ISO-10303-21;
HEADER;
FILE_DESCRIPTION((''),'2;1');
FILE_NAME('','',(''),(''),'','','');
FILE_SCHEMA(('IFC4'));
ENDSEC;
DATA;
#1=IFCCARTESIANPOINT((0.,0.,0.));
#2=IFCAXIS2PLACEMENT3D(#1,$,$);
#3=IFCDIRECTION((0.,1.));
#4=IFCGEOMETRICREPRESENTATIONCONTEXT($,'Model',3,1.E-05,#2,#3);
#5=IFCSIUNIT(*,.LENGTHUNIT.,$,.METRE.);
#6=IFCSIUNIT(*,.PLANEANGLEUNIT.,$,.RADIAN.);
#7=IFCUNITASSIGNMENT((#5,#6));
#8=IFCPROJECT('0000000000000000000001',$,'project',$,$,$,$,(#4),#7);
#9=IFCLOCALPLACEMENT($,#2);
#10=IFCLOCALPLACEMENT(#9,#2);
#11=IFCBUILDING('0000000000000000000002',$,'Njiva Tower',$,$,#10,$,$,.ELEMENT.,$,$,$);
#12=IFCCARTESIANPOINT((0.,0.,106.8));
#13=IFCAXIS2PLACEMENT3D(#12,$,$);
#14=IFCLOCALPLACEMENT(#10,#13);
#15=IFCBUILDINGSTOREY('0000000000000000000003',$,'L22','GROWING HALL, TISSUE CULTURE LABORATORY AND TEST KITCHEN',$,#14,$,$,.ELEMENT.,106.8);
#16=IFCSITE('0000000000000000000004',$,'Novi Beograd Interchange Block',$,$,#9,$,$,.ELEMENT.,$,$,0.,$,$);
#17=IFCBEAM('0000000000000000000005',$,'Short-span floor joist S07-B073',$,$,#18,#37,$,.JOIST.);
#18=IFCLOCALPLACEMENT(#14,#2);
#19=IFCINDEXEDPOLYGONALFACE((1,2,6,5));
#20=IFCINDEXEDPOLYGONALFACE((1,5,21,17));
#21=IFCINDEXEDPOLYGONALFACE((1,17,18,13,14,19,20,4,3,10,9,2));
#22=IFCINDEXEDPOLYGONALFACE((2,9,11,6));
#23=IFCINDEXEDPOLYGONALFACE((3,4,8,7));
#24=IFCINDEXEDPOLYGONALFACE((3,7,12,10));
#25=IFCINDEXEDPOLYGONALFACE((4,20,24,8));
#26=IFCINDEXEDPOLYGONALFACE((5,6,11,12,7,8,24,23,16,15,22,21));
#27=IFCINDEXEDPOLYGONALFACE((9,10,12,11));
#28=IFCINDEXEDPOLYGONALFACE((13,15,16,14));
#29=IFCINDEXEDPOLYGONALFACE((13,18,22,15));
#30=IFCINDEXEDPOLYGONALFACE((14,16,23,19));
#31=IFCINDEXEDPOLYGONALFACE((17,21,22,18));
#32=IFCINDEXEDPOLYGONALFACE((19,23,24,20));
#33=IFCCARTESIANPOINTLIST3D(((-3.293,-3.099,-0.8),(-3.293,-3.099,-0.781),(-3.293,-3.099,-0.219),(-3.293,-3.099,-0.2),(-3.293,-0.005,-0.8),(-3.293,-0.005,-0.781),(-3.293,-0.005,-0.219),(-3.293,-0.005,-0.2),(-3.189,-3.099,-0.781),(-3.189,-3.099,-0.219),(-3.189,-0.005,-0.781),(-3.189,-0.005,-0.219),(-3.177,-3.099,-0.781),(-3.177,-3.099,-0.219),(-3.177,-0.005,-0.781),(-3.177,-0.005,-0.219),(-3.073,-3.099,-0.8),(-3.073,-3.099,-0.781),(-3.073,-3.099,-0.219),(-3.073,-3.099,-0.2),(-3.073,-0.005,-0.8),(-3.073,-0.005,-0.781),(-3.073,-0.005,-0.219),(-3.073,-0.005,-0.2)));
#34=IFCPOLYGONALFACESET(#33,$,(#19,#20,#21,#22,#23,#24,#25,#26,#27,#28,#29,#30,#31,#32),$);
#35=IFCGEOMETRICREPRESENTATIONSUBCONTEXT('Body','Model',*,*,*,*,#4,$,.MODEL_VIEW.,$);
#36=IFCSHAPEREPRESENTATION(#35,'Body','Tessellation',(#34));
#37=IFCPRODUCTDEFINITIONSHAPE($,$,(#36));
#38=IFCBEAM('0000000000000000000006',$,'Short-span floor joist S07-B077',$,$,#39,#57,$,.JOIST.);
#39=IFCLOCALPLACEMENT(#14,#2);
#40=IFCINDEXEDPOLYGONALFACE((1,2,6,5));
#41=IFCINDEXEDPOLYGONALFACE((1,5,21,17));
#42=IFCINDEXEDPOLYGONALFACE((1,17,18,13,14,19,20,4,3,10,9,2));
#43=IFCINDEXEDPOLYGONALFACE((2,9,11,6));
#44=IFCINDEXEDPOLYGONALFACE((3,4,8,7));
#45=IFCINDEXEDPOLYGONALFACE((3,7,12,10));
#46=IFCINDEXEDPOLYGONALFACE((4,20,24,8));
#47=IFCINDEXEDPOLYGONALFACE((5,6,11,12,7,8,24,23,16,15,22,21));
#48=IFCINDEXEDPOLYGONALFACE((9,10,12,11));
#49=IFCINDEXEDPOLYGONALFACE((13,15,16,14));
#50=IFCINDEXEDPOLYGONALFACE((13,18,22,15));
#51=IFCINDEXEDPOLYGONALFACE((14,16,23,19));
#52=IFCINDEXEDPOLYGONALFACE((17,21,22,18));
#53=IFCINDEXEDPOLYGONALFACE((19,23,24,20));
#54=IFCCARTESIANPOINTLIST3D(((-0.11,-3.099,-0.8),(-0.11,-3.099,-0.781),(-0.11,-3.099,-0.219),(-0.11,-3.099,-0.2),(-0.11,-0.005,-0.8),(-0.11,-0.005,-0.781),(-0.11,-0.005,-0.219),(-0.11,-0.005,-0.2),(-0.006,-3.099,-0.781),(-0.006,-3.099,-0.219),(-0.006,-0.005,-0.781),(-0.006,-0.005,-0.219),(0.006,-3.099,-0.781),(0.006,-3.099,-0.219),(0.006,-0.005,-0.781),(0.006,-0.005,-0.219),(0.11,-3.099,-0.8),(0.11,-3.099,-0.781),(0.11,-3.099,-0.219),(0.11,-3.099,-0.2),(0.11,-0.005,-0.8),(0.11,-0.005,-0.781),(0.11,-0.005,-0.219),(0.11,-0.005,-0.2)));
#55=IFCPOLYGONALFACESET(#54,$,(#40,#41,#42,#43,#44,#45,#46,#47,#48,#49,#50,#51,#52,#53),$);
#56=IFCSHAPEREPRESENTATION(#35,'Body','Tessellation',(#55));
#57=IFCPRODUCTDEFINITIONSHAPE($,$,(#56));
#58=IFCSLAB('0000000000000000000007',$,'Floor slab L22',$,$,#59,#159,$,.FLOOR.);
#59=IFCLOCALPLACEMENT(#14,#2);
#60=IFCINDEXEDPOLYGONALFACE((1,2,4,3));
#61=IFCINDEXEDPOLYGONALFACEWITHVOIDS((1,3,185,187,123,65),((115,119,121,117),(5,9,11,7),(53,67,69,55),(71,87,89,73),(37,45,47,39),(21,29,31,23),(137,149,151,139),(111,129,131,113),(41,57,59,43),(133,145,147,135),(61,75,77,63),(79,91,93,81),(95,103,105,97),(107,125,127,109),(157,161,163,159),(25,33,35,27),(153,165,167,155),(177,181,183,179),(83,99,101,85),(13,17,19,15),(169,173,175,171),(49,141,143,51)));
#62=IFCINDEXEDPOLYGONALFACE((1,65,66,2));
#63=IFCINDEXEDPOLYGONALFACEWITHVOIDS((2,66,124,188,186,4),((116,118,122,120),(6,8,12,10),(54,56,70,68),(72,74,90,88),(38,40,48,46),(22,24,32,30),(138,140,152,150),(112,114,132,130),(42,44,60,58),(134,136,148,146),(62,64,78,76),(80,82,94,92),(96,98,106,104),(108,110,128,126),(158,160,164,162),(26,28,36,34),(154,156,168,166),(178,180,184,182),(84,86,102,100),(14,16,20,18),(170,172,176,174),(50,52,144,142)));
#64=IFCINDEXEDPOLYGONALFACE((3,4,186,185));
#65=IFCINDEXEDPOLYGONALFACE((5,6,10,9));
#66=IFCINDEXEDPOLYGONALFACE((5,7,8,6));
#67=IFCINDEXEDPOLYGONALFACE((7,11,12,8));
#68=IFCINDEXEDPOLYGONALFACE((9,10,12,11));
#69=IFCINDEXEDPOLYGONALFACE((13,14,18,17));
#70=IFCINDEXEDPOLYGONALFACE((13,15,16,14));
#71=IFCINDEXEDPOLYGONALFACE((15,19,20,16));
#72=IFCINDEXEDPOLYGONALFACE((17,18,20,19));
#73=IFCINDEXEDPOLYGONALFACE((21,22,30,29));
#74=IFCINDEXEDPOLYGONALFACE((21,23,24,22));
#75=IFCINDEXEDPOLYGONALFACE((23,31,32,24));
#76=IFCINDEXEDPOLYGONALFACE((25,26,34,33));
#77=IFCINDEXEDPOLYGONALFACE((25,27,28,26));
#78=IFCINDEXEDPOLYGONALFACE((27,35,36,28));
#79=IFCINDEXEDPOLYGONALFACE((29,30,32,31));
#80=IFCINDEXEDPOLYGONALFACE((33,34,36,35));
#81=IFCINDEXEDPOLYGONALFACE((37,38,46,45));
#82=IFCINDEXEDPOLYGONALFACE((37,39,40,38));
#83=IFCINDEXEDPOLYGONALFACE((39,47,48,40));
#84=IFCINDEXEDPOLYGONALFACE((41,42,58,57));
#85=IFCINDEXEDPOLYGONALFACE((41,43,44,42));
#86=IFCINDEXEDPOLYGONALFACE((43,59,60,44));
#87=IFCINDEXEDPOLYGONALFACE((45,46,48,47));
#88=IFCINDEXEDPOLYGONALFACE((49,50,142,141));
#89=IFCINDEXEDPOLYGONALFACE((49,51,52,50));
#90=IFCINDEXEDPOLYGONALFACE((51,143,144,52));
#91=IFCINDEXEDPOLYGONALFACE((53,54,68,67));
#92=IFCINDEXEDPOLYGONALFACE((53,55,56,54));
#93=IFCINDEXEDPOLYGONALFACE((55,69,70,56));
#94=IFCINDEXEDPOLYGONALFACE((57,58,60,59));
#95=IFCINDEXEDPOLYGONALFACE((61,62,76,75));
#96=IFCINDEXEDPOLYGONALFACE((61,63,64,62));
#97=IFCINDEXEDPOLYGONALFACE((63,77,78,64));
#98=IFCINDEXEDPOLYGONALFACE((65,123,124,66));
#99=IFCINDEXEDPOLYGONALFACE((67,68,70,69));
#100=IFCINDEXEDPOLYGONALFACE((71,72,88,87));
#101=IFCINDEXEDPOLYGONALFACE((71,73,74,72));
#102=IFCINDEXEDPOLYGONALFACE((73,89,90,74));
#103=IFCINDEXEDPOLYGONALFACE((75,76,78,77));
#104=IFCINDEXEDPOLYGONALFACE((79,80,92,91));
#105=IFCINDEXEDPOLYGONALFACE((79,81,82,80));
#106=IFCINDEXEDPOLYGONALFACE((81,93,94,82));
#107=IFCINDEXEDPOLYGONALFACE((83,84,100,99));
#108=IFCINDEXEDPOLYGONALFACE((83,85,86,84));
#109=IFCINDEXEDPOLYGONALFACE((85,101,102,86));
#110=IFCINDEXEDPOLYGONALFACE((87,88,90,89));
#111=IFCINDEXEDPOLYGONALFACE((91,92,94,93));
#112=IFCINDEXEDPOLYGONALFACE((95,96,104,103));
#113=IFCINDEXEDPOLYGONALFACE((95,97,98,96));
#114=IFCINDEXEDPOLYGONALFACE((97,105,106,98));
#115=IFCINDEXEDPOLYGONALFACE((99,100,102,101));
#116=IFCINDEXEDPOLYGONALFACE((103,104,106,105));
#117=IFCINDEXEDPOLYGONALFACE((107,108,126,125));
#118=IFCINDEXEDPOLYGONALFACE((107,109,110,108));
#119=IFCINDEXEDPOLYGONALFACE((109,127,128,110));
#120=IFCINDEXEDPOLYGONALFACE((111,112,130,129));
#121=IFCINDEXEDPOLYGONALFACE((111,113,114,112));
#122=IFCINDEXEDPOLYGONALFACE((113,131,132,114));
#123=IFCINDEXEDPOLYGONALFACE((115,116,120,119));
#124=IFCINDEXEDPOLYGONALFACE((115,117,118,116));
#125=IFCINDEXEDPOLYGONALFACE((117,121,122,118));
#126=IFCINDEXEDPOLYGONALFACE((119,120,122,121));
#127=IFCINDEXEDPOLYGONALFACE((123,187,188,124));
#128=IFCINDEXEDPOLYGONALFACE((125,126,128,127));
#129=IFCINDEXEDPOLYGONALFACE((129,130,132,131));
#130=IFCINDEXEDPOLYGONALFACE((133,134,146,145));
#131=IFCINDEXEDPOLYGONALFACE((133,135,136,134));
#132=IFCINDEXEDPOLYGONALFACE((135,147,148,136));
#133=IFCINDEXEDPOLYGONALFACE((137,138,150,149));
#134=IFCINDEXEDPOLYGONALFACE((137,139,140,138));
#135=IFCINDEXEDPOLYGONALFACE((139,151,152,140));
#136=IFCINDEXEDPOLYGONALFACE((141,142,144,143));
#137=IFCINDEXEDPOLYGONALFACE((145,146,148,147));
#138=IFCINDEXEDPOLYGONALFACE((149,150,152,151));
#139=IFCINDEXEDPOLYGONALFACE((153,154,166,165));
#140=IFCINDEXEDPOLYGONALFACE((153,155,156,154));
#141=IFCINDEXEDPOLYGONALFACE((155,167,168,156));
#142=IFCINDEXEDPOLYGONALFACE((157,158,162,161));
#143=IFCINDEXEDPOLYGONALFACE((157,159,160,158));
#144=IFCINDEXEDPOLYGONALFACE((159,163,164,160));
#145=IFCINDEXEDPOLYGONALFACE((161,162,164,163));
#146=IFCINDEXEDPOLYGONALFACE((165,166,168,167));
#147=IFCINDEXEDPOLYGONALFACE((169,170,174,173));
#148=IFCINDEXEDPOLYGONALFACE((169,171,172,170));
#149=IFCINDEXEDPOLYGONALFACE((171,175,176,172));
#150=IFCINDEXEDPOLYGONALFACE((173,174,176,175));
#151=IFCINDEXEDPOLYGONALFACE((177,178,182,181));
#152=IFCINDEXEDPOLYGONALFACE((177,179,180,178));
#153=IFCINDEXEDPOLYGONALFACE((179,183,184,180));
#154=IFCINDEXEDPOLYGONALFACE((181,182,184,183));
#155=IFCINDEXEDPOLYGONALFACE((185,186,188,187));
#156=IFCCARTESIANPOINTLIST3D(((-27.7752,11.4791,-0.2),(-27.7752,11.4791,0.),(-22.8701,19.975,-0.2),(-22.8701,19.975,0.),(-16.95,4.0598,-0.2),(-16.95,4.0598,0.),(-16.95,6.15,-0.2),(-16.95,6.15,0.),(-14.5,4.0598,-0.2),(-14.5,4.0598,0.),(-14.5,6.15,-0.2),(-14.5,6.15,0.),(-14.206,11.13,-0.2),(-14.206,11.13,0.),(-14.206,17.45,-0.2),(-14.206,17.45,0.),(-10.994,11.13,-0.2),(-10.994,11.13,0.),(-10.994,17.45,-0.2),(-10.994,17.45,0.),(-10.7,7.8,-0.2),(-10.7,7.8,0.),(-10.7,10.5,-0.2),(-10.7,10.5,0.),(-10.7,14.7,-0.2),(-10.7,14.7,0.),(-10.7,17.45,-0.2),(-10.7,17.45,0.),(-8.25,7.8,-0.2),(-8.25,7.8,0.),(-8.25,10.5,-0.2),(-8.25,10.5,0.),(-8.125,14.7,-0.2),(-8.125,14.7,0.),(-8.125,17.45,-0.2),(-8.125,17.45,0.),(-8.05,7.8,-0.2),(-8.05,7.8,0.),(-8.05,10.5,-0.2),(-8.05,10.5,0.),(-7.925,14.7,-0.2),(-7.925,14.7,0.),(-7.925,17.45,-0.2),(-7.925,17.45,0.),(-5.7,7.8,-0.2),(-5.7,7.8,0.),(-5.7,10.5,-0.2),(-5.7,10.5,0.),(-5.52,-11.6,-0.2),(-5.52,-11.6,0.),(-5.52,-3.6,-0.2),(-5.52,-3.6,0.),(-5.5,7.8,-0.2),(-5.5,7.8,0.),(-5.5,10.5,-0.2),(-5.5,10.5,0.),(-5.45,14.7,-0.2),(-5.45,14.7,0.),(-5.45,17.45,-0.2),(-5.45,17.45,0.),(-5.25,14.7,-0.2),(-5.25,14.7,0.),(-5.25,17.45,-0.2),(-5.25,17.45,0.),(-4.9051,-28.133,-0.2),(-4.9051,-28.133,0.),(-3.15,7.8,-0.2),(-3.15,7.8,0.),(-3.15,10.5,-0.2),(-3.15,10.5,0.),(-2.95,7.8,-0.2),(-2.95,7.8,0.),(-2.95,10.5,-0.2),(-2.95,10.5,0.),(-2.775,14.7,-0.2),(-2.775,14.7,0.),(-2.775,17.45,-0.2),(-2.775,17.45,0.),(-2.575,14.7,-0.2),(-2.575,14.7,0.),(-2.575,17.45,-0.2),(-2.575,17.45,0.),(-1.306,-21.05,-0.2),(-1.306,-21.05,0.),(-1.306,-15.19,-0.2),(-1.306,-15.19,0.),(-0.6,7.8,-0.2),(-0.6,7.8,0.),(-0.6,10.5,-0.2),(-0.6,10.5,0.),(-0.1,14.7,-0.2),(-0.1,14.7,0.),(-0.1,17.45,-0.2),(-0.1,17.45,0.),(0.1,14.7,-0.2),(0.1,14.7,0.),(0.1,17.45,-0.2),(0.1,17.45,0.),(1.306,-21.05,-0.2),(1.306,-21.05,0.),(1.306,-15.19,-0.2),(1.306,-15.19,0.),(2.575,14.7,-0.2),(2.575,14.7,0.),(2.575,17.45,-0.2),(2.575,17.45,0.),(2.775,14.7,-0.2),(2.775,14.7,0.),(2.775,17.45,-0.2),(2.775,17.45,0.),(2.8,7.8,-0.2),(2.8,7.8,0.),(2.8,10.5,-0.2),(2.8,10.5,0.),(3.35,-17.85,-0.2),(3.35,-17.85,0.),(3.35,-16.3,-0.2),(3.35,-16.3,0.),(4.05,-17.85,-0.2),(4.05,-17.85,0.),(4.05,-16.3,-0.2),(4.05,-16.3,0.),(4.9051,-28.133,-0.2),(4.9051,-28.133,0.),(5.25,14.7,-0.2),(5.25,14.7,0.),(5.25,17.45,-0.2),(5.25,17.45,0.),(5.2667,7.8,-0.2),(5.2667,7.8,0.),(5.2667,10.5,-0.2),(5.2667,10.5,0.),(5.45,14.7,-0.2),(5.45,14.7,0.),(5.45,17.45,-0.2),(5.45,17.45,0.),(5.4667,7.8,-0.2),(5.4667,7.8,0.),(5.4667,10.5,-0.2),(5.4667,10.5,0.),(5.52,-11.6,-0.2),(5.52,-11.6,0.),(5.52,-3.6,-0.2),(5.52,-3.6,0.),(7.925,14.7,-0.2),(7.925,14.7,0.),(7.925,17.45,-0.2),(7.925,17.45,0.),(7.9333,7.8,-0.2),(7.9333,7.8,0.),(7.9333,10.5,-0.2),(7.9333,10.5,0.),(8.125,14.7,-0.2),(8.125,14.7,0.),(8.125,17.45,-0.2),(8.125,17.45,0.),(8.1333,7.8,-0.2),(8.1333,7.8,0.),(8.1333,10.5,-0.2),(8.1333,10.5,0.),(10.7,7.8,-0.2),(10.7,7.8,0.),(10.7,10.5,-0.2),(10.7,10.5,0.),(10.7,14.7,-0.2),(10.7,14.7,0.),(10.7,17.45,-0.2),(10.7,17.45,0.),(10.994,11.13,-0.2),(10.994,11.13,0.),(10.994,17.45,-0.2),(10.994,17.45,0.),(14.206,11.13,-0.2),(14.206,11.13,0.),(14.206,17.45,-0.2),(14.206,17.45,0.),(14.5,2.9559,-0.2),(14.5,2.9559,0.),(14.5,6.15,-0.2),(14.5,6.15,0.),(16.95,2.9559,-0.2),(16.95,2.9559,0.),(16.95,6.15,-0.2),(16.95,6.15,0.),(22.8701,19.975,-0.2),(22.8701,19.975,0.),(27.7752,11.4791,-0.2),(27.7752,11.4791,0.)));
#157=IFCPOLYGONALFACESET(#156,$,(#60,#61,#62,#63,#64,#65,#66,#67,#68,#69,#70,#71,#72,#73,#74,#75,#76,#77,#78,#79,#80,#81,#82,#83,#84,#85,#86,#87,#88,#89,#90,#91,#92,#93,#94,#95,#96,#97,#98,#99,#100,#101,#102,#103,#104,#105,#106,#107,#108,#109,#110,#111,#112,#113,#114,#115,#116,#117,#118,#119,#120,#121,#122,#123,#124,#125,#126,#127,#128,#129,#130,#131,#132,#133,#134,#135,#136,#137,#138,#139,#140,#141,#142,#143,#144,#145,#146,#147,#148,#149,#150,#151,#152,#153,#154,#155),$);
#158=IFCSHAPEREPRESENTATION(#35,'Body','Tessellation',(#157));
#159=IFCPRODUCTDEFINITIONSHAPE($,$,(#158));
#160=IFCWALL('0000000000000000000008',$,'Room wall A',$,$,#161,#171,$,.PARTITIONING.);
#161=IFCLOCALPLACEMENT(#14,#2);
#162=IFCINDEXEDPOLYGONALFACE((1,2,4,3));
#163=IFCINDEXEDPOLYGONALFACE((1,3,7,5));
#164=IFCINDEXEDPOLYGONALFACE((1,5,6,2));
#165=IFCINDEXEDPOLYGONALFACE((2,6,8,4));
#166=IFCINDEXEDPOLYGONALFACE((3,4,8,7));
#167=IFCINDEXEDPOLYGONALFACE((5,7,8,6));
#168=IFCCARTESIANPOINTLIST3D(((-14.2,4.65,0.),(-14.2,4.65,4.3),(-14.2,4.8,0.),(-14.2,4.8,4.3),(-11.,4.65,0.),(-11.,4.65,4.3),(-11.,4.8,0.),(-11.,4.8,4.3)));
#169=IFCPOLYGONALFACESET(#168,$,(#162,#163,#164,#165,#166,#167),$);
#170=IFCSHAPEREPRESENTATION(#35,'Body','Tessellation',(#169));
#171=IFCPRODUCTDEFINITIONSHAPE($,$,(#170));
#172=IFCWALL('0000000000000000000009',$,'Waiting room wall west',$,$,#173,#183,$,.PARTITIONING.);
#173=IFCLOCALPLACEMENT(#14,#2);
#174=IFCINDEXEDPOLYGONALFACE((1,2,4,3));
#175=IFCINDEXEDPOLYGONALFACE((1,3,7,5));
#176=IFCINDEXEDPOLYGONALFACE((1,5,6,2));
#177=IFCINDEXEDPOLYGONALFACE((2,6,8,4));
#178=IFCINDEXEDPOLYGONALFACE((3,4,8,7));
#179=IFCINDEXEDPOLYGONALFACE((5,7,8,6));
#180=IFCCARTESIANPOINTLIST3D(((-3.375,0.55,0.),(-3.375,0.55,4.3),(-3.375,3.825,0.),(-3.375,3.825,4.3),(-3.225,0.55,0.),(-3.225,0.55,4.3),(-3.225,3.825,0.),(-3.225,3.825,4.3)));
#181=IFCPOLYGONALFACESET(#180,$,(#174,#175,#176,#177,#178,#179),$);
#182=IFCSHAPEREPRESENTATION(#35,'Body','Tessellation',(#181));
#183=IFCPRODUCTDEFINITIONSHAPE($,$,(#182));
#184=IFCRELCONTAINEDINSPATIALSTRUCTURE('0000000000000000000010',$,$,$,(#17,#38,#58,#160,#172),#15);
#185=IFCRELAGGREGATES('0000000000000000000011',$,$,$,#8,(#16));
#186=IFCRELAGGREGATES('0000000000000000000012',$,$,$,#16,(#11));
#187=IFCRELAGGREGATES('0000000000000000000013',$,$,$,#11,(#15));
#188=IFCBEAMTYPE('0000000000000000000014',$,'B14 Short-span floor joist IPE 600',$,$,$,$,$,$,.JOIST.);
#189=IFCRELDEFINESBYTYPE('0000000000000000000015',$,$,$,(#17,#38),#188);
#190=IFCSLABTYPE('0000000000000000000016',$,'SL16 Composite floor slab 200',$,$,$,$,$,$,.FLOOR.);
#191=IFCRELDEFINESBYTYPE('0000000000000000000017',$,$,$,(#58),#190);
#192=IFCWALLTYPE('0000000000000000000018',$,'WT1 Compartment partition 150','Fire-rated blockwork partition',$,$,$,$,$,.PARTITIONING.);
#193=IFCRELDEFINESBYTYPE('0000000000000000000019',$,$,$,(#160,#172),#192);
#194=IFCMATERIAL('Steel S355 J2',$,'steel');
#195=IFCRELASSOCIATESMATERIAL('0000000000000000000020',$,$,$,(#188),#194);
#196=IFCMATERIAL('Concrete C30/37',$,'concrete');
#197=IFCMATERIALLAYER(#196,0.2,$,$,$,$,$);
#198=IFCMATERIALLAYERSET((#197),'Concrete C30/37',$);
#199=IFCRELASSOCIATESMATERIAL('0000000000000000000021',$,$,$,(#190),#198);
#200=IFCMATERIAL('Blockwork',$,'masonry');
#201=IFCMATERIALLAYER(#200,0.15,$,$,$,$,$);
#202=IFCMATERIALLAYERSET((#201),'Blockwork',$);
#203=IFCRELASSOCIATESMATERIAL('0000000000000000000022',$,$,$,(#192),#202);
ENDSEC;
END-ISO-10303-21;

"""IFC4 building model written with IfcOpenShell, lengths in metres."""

from ifc_helpers import new_model, si_unit, direction, frame, frame_2d, origin, origin_2d, place, context, subcontext, project, spatial, polyline, rectangle, i_section, outline, extrude, material, layer, layer_set, material_profile, profile_set, type_object, element, save


model = new_model("IFC4")

# Units and contexts
model_context = context("Model", 3, precision=1e-05, world=origin(), true_north=direction((0.0, 1.0)))
body_context = subcontext(model_context, "Body", "Model", "MODEL_VIEW")
ifc_project = project(units=[si_unit("LENGTHUNIT", "METRE"), si_unit("PLANEANGLEUNIT", "RADIAN")], contexts=[model_context])

# Site, building, storey
site_placement = place(None, origin())
site = spatial("IfcSite", under=ifc_project, at=site_placement, Name="Novi Beograd Interchange Block", CompositionType="ELEMENT", RefElevation=0.0)
building_placement = place(site_placement, origin())
building = spatial("IfcBuilding", under=site, at=building_placement, Name="Njiva Tower", CompositionType="ELEMENT")
storey_placement = place(building_placement, frame((0.0, 0.0, 106.8)))
storey = spatial("IfcBuildingStorey", under=building, at=storey_placement, Name="L22", Description="GROWING HALL, TISSUE CULTURE LABORATORY AND TEST KITCHEN", CompositionType="ELEMENT", Elevation=106.8)

# Beams
ifc_material_1 = material(Name="Steel S355 J2", Category="steel")
ifc_material_profile = material_profile(ifc_material_1, i_section(OverallWidth=0.22, OverallDepth=0.6, WebThickness=0.012, FlangeThickness=0.019, at=origin_2d()), Name="IPE 600")
ifc_profile_set = profile_set([ifc_material_profile], Name="Steel S355 J2")
beam_type = type_object("IfcBeamType", Name="B14 Short-span floor joist IPE 600", PredefinedType="JOIST", material=ifc_profile_set)
for number, where, z_axis, x_axis, name in (
    (1, (-3.183, -0.005, -0.5), (0.0, -1.0, 0.0), (1.0, 0.0, 0.0), "Short-span floor joist S07-B073"),
    (2, (0.0, -0.005, -0.5), (0.0, -1.0, 0.0), (1.0, 0.0, 0.0), "Short-span floor joist S07-B077"),
):
    element("IfcBeam", number, at=place(storey_placement, frame(where, z_axis=z_axis, x_axis=x_axis)), inside=storey, type_object=beam_type, Name=name, PredefinedType="JOIST", context=body_context, shape_type="SweptSolid", body=[
        extrude(i_section(OverallWidth=0.22, OverallDepth=0.6, WebThickness=0.012, FlangeThickness=0.019, at=origin_2d()), origin(), (0.0, 0.0, 1.0), 3.094),
    ])

# Slab
ifc_material_2 = material(Name="Concrete C30/37", Category="concrete")
ifc_layer_1 = layer(ifc_material_2, 0.2)
ifc_layer_set_1 = layer_set([ifc_layer_1], Name="Concrete C30/37")
slab_type = type_object("IfcSlabType", Name="SL16 Composite floor slab 200", PredefinedType="FLOOR", material=ifc_layer_set_1)
slab_placement = place(storey_placement, frame((0.0, 0.0, -0.2)))
element("IfcSlab", 3, at=slab_placement, inside=storey, type_object=slab_type, Name="Floor slab L22", PredefinedType="FLOOR", context=body_context, shape_type="SweptSolid", body=[
    extrude(outline(polyline([(27.7752, 11.4791), (4.9051, -28.133), (-4.9051, -28.133), (-27.7752, 11.4791), (-22.8701, 19.975), (22.8701, 19.975), (27.7752, 11.4791)]), holes=[polyline([(14.5, 2.9559), (16.95, 2.9559), (16.95, 6.15), (14.5, 6.15), (14.5, 2.9559)]), polyline([(10.994, 17.45), (10.994, 11.13), (14.206, 11.13), (14.206, 17.45), (10.994, 17.45)]), polyline([(8.125, 17.45), (8.125, 14.7), (10.7, 14.7), (10.7, 17.45), (8.125, 17.45)]), polyline([(8.1333, 7.8), (10.7, 7.8), (10.7, 10.5), (8.1333, 10.5), (8.1333, 7.8)]), polyline([(5.4667, 10.5), (5.4667, 7.8), (7.9333, 7.8), (7.9333, 10.5), (5.4667, 10.5)]), polyline([(5.45, 17.45), (5.45, 14.7), (7.925, 14.7), (7.925, 17.45), (5.45, 17.45)]), polyline([(5.52, -11.6), (5.52, -3.6), (-5.52, -3.6), (-5.52, -11.6), (5.52, -11.6)]), polyline([(2.8, 10.5), (2.8, 7.8), (5.2667, 7.8), (5.2667, 10.5), (2.8, 10.5)]), polyline([(2.775, 14.7), (5.25, 14.7), (5.25, 17.45), (2.775, 17.45), (2.775, 14.7)]), polyline([(3.35, -17.85), (4.05, -17.85), (4.05, -16.3), (3.35, -16.3), (3.35, -17.85)]), polyline([(0.1, 17.45), (0.1, 14.7), (2.575, 14.7), (2.575, 17.45), (0.1, 17.45)]), polyline([(-1.306, -21.05), (1.306, -21.05), (1.306, -15.19), (-1.306, -15.19), (-1.306, -21.05)]), polyline([(-2.575, 17.45), (-2.575, 14.7), (-0.1, 14.7), (-0.1, 17.45), (-2.575, 17.45)]), polyline([(-2.95, 7.8), (-0.6, 7.8), (-0.6, 10.5), (-2.95, 10.5), (-2.95, 7.8)]), polyline([(-5.25, 17.45), (-5.25, 14.7), (-2.775, 14.7), (-2.775, 17.45), (-5.25, 17.45)]), polyline([(-5.5, 10.5), (-5.5, 7.8), (-3.15, 7.8), (-3.15, 10.5), (-5.5, 10.5)]), polyline([(-7.925, 14.7), (-5.45, 14.7), (-5.45, 17.45), (-7.925, 17.45), (-7.925, 14.7)]), polyline([(-8.05, 10.5), (-8.05, 7.8), (-5.7, 7.8), (-5.7, 10.5), (-8.05, 10.5)]), polyline([(-10.7, 17.45), (-10.7, 14.7), (-8.125, 14.7), (-8.125, 17.45), (-10.7, 17.45)]), polyline([(-10.7, 7.8), (-8.25, 7.8), (-8.25, 10.5), (-10.7, 10.5), (-10.7, 7.8)]), polyline([(-14.206, 17.45), (-14.206, 11.13), (-10.994, 11.13), (-10.994, 17.45), (-14.206, 17.45)]), polyline([(-16.95, 4.0598), (-14.5, 4.0598), (-14.5, 6.15), (-16.95, 6.15), (-16.95, 4.0598)])]), origin(), (0.0, 0.0, 1.0), 0.2),
])

# Walls
ifc_material_3 = material(Name="Blockwork", Category="masonry")
ifc_layer_2 = layer(ifc_material_3, 0.15)
ifc_layer_set_2 = layer_set([ifc_layer_2], Name="Blockwork")
wall_type_1 = type_object("IfcWallType", Name="WT1 Compartment partition 150", Description="Fire-rated blockwork partition", PredefinedType="PARTITIONING", material=ifc_layer_set_2)
wall_1_placement = place(storey_placement, frame((-14.2, 4.725, 0.0), z_axis=(0.0, 0.0, 1.0), x_axis=(1.0, 0.0, 0.0)))
element("IfcWall", 4, at=wall_1_placement, inside=storey, type_object=wall_type_1, Name="Room wall A", PredefinedType="PARTITIONING", context=body_context, shape_type="SweptSolid", body=[
    extrude(rectangle(XDim=3.2, YDim=0.15, at=frame_2d((1.6, 0.0))), origin(), (0.0, 0.0, 1.0), 4.3),
])
wall_2_placement = place(storey_placement, frame((-3.3, 0.55, 0.0), z_axis=(0.0, 0.0, 1.0), x_axis=(0.0, 1.0, 0.0)))
element("IfcWall", 5, at=wall_2_placement, inside=storey, type_object=wall_type_1, Name="Waiting room wall west", PredefinedType="PARTITIONING", context=body_context, shape_type="SweptSolid", body=[
    extrude(rectangle(XDim=3.275, YDim=0.15, at=frame_2d((1.6375, 0.0))), origin(), (0.0, 0.0, 1.0), 4.3),
])

save(model, "model.ifc")
